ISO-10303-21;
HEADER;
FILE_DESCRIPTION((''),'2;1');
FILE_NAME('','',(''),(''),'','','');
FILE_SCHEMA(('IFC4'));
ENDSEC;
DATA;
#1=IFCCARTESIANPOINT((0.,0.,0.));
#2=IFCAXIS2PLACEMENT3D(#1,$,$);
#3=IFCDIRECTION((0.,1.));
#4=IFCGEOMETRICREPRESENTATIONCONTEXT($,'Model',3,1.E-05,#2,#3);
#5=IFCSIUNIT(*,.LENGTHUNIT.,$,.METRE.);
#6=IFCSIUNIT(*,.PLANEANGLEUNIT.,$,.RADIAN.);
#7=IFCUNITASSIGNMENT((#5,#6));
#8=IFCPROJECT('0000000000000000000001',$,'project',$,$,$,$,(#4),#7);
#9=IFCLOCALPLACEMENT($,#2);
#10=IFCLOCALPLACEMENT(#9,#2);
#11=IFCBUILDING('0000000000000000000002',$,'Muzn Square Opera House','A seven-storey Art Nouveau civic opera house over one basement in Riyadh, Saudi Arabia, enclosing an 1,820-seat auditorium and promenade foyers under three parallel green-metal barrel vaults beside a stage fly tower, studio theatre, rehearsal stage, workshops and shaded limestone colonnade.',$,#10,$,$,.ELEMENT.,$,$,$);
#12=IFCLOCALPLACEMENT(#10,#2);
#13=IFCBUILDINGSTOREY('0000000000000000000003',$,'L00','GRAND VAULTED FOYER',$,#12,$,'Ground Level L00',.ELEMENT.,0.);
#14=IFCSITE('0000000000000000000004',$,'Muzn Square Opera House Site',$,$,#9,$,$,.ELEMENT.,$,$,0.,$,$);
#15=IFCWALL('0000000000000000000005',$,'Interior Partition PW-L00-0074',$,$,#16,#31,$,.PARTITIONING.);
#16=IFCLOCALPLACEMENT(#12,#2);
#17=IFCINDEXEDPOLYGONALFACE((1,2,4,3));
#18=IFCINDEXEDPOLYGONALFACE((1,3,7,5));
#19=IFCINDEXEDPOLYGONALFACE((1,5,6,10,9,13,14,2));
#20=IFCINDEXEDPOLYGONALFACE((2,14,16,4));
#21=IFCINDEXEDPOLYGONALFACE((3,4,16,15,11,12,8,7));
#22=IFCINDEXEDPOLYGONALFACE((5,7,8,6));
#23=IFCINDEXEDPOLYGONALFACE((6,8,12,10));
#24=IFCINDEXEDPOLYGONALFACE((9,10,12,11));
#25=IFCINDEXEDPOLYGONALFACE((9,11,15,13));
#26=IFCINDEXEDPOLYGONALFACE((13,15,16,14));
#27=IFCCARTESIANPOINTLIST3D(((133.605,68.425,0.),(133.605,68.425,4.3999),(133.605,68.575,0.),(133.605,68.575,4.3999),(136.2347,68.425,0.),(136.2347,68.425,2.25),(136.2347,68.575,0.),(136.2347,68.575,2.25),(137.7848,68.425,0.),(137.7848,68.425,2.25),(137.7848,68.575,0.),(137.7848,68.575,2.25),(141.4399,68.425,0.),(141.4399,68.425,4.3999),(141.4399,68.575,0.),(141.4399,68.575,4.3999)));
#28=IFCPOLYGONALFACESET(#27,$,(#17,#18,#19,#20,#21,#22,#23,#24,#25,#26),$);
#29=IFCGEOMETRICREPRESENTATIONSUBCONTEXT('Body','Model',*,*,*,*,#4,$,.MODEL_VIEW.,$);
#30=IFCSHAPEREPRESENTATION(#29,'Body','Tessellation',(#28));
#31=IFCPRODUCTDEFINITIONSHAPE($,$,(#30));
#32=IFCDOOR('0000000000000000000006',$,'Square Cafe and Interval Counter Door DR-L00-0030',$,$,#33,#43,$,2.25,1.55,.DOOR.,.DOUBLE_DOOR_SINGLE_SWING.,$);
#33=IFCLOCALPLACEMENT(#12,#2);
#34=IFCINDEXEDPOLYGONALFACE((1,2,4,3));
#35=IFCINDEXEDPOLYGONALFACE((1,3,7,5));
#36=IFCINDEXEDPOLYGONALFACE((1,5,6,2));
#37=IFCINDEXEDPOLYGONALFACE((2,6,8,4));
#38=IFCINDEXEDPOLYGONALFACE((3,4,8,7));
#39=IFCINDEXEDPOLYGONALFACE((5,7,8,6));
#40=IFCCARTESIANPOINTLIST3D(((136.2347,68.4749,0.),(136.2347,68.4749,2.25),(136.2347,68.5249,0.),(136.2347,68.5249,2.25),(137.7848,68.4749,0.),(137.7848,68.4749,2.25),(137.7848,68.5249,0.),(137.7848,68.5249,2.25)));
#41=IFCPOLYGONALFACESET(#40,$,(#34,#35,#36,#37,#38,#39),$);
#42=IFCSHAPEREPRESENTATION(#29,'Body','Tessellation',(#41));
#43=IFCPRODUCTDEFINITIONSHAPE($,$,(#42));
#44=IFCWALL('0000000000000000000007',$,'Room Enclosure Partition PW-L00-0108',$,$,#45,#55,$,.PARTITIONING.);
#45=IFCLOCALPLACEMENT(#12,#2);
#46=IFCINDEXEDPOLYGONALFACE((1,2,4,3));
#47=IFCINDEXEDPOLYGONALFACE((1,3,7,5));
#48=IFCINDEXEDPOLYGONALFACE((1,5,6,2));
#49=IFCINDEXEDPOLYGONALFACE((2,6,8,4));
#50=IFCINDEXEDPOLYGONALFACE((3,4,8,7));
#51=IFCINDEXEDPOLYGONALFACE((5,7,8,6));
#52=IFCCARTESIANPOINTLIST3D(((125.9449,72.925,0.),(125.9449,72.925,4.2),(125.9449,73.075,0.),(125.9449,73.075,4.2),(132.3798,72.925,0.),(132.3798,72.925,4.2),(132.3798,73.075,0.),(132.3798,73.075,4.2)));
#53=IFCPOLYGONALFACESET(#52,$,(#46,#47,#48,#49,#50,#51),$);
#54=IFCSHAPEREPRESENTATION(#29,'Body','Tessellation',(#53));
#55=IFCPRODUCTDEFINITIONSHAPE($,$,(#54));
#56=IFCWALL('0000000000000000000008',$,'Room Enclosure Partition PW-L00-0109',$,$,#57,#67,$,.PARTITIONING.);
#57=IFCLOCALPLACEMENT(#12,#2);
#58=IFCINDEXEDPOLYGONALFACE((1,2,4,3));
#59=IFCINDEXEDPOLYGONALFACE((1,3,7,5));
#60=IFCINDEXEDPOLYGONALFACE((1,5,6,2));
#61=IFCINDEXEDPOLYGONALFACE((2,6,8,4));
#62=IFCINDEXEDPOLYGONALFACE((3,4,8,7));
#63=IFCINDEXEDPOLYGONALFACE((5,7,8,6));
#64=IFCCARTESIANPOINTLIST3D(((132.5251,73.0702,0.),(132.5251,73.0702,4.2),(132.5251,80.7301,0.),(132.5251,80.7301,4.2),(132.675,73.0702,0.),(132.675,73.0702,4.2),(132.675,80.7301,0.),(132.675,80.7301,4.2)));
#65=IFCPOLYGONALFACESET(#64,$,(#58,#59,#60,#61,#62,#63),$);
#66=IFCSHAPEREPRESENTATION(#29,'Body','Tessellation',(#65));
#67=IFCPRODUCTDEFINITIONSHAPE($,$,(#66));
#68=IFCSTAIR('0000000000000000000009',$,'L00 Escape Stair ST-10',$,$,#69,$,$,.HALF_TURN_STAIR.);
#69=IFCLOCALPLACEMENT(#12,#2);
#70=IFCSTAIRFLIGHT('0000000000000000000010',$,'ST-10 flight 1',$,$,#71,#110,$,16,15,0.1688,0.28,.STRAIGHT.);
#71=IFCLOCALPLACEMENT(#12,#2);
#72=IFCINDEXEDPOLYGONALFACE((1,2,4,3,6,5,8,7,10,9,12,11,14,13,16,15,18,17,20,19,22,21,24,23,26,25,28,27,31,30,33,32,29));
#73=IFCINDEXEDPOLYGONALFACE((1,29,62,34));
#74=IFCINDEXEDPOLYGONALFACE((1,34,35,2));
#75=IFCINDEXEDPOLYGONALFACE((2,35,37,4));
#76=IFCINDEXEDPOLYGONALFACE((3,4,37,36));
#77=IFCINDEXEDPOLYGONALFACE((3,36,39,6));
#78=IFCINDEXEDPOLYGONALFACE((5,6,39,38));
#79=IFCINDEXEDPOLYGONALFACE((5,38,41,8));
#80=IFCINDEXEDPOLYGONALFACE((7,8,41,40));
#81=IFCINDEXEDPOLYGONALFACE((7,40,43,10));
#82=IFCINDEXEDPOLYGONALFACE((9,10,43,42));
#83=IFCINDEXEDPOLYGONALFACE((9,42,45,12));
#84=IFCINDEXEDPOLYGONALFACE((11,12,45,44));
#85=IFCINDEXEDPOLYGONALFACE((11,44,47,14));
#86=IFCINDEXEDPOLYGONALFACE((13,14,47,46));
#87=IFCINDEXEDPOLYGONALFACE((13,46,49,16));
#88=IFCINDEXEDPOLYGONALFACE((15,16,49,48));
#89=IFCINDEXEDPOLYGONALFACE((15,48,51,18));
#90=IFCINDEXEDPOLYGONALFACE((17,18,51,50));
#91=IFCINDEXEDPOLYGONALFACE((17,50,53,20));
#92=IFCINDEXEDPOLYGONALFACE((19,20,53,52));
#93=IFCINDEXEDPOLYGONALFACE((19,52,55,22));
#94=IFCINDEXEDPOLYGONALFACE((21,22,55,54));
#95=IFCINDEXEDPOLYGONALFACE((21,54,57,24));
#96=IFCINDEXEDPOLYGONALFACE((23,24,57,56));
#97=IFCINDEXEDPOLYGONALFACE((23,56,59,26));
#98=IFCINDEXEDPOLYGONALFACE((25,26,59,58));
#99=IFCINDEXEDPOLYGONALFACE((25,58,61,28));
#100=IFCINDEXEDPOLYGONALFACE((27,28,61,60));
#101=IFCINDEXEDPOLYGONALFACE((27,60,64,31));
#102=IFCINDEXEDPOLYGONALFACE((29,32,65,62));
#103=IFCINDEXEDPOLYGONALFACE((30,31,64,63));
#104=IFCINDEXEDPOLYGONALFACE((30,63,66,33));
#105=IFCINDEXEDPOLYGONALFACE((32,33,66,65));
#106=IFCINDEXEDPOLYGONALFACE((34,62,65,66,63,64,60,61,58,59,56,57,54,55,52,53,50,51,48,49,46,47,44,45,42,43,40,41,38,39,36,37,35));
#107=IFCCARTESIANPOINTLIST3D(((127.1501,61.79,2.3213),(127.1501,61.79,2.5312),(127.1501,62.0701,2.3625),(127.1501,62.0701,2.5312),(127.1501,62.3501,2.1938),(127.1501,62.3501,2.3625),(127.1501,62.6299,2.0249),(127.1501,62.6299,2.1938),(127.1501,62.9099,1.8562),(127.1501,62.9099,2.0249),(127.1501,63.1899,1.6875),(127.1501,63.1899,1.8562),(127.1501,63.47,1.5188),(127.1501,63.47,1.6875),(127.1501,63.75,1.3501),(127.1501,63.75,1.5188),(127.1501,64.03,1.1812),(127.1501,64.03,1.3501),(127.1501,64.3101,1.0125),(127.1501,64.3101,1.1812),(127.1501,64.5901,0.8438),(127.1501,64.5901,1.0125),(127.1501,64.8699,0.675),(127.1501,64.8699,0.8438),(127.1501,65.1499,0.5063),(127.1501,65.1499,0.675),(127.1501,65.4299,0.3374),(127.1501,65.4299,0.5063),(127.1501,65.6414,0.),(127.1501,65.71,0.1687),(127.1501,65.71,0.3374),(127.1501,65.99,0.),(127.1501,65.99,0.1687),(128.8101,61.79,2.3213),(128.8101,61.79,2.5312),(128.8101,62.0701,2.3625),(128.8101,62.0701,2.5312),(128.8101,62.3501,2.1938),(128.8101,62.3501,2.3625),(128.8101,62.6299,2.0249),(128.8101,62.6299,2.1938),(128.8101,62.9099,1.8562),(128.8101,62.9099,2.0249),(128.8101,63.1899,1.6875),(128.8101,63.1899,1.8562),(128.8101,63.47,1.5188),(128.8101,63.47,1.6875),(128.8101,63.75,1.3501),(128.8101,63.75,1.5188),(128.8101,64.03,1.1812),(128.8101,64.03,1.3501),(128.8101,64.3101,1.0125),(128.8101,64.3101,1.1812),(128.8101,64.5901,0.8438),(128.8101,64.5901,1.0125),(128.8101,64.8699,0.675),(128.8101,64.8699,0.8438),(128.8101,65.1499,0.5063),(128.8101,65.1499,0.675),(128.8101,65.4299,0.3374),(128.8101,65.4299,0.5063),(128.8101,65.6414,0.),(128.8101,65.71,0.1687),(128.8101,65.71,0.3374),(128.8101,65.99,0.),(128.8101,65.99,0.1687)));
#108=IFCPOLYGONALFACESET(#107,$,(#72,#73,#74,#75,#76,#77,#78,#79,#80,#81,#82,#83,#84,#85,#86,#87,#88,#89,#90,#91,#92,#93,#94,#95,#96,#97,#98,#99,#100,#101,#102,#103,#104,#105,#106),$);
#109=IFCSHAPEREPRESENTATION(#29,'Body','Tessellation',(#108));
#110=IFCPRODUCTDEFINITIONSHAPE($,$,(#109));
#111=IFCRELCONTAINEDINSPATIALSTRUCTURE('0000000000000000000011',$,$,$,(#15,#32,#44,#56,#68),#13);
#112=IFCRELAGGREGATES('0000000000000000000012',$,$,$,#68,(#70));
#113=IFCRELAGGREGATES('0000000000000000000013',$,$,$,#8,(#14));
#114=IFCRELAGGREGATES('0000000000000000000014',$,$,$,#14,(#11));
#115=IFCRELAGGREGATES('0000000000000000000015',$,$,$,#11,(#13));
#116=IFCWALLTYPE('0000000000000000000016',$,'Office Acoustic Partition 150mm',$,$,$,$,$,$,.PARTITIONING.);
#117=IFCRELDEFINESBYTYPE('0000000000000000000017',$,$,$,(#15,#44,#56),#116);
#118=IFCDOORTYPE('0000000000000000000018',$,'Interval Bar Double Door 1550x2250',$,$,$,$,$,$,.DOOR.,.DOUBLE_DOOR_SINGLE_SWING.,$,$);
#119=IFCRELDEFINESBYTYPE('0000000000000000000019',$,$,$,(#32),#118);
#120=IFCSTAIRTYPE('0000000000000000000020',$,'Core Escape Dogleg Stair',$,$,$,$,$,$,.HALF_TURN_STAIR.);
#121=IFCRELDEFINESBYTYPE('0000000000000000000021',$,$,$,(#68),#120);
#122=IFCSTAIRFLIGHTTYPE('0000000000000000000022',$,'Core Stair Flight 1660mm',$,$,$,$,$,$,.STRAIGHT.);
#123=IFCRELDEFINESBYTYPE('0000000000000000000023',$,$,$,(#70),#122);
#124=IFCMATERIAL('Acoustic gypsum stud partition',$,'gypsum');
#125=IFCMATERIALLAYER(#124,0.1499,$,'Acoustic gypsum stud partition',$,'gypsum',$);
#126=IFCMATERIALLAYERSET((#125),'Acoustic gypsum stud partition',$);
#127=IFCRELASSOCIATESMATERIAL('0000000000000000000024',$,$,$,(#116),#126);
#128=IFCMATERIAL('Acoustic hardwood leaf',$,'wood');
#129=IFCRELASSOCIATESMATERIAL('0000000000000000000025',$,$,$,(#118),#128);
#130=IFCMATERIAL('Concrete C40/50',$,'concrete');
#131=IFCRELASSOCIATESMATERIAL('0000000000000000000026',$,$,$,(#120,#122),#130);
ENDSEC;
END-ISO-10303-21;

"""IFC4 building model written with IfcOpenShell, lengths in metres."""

from ifc_helpers import new_model, si_unit, direction, frame, frame_2d, origin, place, context, subcontext, project, spatial, polyline, rectangle, outline, extrude, material, layer, layer_set, type_object, element, fill, aggregate, save


model = new_model("IFC4")

# Units and contexts
model_context = context("Model", 3, precision=1e-05, world=origin(), true_north=direction((0.0, 1.0)))
body_context = subcontext(model_context, "Body", "Model", "MODEL_VIEW")
ifc_project = project(units=[si_unit("LENGTHUNIT", "METRE"), si_unit("PLANEANGLEUNIT", "RADIAN")], contexts=[model_context])

# Site, building, storey
site_placement = place(None, origin())
site = spatial("IfcSite", under=ifc_project, at=site_placement, Name="Muzn Square Opera House Site", CompositionType="ELEMENT", RefElevation=0.0)
building_placement = place(site_placement, origin())
building = spatial("IfcBuilding", under=site, at=building_placement, Name="Muzn Square Opera House", Description="A seven-storey Art Nouveau civic opera house over one basement in Riyadh, Saudi Arabia, enclosing an 1,820-seat auditorium and promenade foyers under three parallel green-metal barrel vaults beside a stage fly tower, studio theatre, rehearsal stage, workshops and shaded limestone colonnade.", CompositionType="ELEMENT")
storey_placement = place(building_placement, origin())
storey = spatial("IfcBuildingStorey", under=building, at=storey_placement, Name="L00", Description="GRAND VAULTED FOYER", LongName="Ground Level L00", CompositionType="ELEMENT", Elevation=0.0)

# Shared definitions
ifc_material_1 = material(Name="Concrete C40/50", Category="concrete")

# Wall, opening, door
ifc_material_2 = material(Name="Acoustic gypsum stud partition", Category="gypsum")
ifc_layer_1 = layer(ifc_material_2, 0.1499, Name="Acoustic gypsum stud partition", Category="gypsum")
ifc_layer_set_1 = layer_set([ifc_layer_1], Name="Acoustic gypsum stud partition")
wall_type_1 = type_object("IfcWallType", Name="Office Acoustic Partition 150mm", PredefinedType="PARTITIONING", material=ifc_layer_set_1)
wall_1_placement = place(storey_placement, frame((133.605, 68.5, 0.0), z_axis=(0.0, 0.0, 1.0), x_axis=(1.0, 0.0, 0.0)))
wall_1 = element("IfcWall", 1, at=wall_1_placement, inside=storey, type_object=wall_type_1, Name="Interior Partition PW-L00-0074", PredefinedType="PARTITIONING", context=body_context, shape_type="SweptSolid", body=[
    extrude(rectangle(XDim=7.835, YDim=0.1499, at=frame_2d((3.9175, 0.0))), origin(), (0.0, 0.0, 1.0), 4.3999),
])
opening_1_placement = place(wall_1_placement, frame((2.6299, 0.0, 0.0)))
opening_1 = element("IfcOpeningElement", 2, at=opening_1_placement, cuts=wall_1, PredefinedType="OPENING", context=body_context, shape_type="SweptSolid", body=[
    extrude(rectangle(XDim=1.55, YDim=2.25, at=frame_2d((0.7749, 1.125))), frame((0.0, 0.085, 0.0), z_axis=(0.0, -1.0, 0.0), x_axis=(1.0, 0.0, 0.0)), (0.0, 0.0, 1.0), 0.1699),
])
ifc_material_3 = material(Name="Acoustic hardwood leaf", Category="wood")
door_type_1 = type_object("IfcDoorType", Name="Interval Bar Double Door 1550x2250", OperationType="DOUBLE_DOOR_SINGLE_SWING", PredefinedType="DOOR", material=ifc_material_3)
door_1_placement = place(opening_1_placement, origin())
door_1 = element("IfcDoor", 3, at=door_1_placement, inside=storey, type_object=door_type_1, Name="Square Cafe and Interval Counter Door DR-L00-0030", OperationType="DOUBLE_DOOR_SINGLE_SWING", OverallHeight=2.25, OverallWidth=1.55, PredefinedType="DOOR", context=body_context, shape_type="SweptSolid", body=[
    extrude(rectangle(XDim=1.55, YDim=2.25, at=frame_2d((0.7749, 1.125))), frame((0.0, 0.0249, 0.0), z_axis=(0.0, -1.0, 0.0), x_axis=(1.0, 0.0, 0.0)), (0.0, 0.0, 1.0), 0.05),
])
fill(opening_1, door_1)

# Walls
wall_2_placement = place(storey_placement, frame((125.9451, 73.0, 0.0), z_axis=(0.0, 0.0, 1.0), x_axis=(1.0, 0.0, 0.0)))
element("IfcWall", 4, at=wall_2_placement, inside=storey, type_object=wall_type_1, Name="Room Enclosure Partition PW-L00-0108", PredefinedType="PARTITIONING", context=body_context, shape_type="SweptSolid", body=[
    extrude(rectangle(XDim=6.4348, YDim=0.1499, at=frame_2d((3.2173, 0.0))), origin(), (0.0, 0.0, 1.0), 4.2),
])
wall_3_placement = place(storey_placement, frame((132.6001, 73.0701, 0.0), z_axis=(0.0, 0.0, 1.0), x_axis=(0.0, 1.0, 0.0)))
element("IfcWall", 5, at=wall_3_placement, inside=storey, type_object=wall_type_1, Name="Room Enclosure Partition PW-L00-0109", PredefinedType="PARTITIONING", context=body_context, shape_type="SweptSolid", body=[
    extrude(rectangle(XDim=7.6599, YDim=0.1499, at=frame_2d((3.8301, 0.0))), origin(), (0.0, 0.0, 1.0), 4.2),
])

# Stair, stair flight
stair_type = type_object("IfcStairType", Name="Core Escape Dogleg Stair", PredefinedType="HALF_TURN_STAIR", material=ifc_material_1)
stair_placement = place(storey_placement, origin())
stair = element("IfcStair", 6, at=stair_placement, inside=storey, type_object=stair_type, Name="L00 Escape Stair ST-10", PredefinedType="HALF_TURN_STAIR")
stair_flight_type = type_object("IfcStairFlightType", Name="Core Stair Flight 1660mm", PredefinedType="STRAIGHT", material=ifc_material_1)
stair_flight_placement = place(storey_placement, frame((127.98, 65.99, 0.0), z_axis=(0.0, 0.0, 1.0), x_axis=(0.0, -1.0, 0.0)))
stair_flight = element("IfcStairFlight", 7, at=stair_flight_placement, type_object=stair_flight_type, Name="ST-10 flight 1", NumberOfRisers=16, NumberOfTreads=15, PredefinedType="STRAIGHT", RiserHeight=0.1688, TreadLength=0.28, context=body_context, shape_type="SweptSolid", body=[
    extrude(outline(polyline([(0.0, 0.0), (0.0, 0.1687), (0.28, 0.1687), (0.28, 0.3374), (0.5601, 0.3374), (0.5601, 0.5063), (0.8401, 0.5063), (0.8401, 0.675), (1.1201, 0.675), (1.1201, 0.8438), (1.3999, 0.8438), (1.3999, 1.0125), (1.6799, 1.0125), (1.6799, 1.1812), (1.96, 1.1812), (1.96, 1.3501), (2.24, 1.3501), (2.24, 1.5188), (2.52, 1.5188), (2.52, 1.6875), (2.8, 1.6875), (2.8, 1.8562), (3.0801, 1.8562), (3.0801, 2.0249), (3.3601, 2.0249), (3.3601, 2.1938), (3.6399, 2.1938), (3.6399, 2.3625), (3.9199, 2.3625), (3.9199, 2.5312), (4.2, 2.5312), (4.2, 2.7), (4.2, 2.3213), (0.3486, 0.0), (0.0, 0.0)])), frame((0.0, 0.8301, 0.0), z_axis=(0.0, -1.0, 0.0), x_axis=(1.0, 0.0, 0.0)), (0.0, 0.0, 1.0), 1.6599),
])
aggregate(stair, [stair_flight])

save(model, "model.ifc")
